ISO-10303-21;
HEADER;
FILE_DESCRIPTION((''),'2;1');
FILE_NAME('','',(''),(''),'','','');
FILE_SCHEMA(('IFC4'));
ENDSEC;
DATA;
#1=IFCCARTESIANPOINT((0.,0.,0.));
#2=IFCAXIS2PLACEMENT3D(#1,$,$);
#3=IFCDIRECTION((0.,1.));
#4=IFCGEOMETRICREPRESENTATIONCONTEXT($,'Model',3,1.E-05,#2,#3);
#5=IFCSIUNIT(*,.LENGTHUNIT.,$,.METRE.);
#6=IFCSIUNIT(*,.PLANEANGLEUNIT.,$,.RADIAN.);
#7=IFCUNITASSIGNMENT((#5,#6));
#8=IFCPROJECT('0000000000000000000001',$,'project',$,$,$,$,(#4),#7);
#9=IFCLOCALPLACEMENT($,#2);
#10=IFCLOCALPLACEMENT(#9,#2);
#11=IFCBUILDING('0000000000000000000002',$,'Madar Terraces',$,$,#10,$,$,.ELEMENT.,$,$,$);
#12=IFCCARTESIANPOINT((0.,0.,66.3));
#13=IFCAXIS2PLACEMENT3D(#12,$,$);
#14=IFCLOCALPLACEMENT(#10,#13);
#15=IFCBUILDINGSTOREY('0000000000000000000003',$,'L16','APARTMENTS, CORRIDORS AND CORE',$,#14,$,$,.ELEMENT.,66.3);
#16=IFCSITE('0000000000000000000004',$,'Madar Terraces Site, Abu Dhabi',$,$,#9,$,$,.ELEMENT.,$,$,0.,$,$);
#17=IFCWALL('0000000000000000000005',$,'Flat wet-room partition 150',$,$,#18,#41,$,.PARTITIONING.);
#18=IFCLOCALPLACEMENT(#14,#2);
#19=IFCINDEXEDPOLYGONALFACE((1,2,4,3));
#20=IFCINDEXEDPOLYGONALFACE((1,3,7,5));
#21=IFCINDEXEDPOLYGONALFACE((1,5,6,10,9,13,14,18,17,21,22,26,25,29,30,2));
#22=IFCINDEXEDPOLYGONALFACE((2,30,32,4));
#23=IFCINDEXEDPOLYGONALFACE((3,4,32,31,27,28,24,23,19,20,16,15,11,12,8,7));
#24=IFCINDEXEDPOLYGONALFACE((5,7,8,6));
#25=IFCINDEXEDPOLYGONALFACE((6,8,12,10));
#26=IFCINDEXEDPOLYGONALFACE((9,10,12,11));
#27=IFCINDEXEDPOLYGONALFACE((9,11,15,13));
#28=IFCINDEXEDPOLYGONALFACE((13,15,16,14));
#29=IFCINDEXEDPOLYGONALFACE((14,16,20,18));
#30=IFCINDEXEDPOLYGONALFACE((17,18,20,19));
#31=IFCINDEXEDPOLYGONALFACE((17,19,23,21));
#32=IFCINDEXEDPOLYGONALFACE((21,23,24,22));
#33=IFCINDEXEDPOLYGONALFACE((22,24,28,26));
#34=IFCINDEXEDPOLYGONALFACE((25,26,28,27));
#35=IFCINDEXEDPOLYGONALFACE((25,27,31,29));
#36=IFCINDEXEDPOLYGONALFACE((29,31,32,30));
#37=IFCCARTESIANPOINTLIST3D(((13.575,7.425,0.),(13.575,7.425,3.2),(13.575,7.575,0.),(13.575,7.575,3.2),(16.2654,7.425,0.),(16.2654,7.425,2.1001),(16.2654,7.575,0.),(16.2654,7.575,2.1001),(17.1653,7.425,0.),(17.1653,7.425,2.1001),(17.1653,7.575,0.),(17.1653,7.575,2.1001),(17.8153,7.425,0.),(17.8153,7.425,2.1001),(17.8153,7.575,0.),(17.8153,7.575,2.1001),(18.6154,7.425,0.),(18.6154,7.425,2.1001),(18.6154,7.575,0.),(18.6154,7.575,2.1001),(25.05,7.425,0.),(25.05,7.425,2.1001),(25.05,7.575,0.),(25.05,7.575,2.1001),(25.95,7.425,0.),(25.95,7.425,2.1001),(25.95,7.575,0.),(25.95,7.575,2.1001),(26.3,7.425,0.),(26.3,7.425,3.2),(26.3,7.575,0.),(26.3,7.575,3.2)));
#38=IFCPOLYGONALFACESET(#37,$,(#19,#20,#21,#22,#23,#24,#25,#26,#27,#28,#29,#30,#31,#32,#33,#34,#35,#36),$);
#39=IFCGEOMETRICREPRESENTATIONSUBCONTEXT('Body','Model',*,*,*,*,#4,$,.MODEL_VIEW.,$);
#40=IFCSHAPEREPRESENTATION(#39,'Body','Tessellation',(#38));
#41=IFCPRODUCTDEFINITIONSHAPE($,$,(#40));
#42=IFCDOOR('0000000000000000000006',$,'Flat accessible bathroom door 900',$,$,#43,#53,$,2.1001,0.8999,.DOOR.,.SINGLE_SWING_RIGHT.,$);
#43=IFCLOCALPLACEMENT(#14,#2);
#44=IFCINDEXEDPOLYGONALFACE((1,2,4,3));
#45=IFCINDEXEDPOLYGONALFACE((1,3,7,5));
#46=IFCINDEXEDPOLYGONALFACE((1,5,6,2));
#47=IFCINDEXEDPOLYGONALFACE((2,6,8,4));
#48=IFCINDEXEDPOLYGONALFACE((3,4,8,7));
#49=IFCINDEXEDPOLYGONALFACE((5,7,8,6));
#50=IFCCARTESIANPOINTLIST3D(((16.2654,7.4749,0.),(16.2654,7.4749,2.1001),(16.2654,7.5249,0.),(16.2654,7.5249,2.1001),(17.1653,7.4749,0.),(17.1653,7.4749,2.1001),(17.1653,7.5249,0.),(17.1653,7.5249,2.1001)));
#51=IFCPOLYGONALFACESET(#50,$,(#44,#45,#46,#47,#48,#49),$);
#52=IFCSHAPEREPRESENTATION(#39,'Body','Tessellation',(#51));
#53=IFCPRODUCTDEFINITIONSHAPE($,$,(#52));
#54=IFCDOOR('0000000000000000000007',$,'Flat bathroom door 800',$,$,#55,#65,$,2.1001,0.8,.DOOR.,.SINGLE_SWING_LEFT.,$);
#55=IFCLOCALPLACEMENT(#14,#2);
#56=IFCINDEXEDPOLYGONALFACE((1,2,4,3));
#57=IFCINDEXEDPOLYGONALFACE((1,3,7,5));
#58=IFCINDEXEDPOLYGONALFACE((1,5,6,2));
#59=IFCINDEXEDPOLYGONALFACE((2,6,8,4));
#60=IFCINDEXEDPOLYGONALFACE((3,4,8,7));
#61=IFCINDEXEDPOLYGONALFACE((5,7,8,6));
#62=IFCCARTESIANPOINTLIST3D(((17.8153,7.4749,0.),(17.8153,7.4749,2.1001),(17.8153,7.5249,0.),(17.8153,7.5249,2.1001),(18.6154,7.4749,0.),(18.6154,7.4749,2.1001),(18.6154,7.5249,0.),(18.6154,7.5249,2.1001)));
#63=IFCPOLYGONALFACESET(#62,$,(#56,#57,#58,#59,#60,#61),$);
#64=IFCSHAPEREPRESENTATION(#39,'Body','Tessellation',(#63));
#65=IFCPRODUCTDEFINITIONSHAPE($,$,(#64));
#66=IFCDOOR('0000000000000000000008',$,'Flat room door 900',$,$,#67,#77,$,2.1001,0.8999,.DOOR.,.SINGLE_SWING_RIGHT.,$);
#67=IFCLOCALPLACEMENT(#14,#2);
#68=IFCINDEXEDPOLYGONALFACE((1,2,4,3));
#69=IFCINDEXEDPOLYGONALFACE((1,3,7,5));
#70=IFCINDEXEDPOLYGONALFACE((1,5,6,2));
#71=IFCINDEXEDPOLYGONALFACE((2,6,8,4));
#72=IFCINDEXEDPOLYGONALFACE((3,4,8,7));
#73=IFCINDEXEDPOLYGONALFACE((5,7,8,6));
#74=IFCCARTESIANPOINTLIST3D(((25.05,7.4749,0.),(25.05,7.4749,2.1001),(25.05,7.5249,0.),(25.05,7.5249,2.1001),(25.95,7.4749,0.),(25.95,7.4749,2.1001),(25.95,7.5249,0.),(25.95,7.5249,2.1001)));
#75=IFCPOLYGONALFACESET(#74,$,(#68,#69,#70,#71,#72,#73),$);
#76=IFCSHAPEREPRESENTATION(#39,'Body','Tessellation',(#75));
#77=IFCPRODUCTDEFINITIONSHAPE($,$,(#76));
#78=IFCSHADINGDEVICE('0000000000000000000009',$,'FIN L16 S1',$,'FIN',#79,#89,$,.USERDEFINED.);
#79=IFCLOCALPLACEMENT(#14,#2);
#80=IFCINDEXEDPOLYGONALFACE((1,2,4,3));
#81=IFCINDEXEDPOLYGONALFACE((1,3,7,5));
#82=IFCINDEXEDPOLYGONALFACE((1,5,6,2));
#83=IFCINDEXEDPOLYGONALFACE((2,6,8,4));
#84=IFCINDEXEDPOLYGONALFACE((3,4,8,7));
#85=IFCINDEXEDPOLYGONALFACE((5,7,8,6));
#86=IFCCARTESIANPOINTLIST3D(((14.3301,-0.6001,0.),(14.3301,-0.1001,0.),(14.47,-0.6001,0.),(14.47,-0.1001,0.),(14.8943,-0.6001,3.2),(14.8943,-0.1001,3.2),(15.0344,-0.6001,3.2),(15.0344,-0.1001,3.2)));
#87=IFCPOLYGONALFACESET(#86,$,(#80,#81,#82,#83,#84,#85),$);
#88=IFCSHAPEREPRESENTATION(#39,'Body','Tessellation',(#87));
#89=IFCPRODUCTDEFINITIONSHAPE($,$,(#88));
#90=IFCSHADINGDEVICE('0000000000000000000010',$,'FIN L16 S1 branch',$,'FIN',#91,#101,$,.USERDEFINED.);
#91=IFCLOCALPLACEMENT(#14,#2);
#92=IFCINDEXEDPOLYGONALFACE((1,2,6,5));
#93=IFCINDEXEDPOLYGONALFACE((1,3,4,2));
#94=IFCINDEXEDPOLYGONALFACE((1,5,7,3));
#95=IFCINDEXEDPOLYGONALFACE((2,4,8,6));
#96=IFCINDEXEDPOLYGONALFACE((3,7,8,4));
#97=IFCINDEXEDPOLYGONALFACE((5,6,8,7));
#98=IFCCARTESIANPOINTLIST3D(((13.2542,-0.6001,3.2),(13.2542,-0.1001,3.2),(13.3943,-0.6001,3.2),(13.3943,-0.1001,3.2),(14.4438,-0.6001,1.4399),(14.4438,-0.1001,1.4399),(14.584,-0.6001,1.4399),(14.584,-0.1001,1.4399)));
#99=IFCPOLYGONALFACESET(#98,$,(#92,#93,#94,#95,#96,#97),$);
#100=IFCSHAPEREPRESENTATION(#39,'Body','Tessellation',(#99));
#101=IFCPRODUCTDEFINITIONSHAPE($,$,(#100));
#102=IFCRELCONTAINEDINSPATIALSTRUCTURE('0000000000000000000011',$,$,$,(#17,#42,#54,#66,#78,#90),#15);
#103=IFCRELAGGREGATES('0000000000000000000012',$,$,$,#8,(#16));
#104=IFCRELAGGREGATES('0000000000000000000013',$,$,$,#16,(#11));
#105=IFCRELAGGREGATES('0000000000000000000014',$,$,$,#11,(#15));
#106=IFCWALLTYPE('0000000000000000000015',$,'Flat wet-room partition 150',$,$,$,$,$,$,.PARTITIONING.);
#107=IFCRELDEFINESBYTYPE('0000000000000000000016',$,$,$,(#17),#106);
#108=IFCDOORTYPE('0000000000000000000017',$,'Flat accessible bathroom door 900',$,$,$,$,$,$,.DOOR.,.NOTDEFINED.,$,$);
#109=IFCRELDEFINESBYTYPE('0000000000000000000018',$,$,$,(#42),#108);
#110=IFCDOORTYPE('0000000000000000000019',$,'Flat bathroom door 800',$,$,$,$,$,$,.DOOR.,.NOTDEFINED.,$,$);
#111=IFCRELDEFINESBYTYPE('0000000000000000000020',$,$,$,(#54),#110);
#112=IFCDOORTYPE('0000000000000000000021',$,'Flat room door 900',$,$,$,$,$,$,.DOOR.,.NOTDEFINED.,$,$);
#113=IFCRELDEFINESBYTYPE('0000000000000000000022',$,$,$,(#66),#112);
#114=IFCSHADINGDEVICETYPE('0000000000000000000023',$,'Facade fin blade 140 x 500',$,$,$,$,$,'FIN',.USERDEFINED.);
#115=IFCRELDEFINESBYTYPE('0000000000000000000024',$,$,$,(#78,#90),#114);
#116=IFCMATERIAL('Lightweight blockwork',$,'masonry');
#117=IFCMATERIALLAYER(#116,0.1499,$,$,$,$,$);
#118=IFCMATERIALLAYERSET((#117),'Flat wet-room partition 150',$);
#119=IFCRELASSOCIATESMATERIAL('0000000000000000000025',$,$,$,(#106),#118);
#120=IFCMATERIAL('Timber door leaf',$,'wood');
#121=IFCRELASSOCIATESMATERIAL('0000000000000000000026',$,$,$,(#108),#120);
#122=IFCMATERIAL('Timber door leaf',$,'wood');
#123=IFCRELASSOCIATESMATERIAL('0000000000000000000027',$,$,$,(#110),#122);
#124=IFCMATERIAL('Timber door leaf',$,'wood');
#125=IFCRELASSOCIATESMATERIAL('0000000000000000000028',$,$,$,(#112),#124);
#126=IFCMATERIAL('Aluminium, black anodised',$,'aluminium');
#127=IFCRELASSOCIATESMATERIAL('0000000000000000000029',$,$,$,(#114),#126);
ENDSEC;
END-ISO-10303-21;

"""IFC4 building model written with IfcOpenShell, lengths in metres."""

from ifc_helpers import new_model, si_unit, direction, frame, frame_2d, origin, place, context, subcontext, project, spatial, polyline, rectangle, outline, extrude, material, layer, layer_set, type_object, element, fill, save


model = new_model("IFC4")

# Units and contexts
model_context = context("Model", 3, precision=1e-05, world=origin(), true_north=direction((0.0, 1.0)))
body_context = subcontext(model_context, "Body", "Model", "MODEL_VIEW")
ifc_project = project(units=[si_unit("LENGTHUNIT", "METRE"), si_unit("PLANEANGLEUNIT", "RADIAN")], contexts=[model_context])

# Site, building, storey
site_placement = place(None, origin())
site = spatial("IfcSite", under=ifc_project, at=site_placement, Name="Madar Terraces Site, Abu Dhabi", CompositionType="ELEMENT", RefElevation=0.0)
building_placement = place(site_placement, origin())
building = spatial("IfcBuilding", under=site, at=building_placement, Name="Madar Terraces", CompositionType="ELEMENT")
storey_placement = place(building_placement, frame((0.0, 0.0, 66.3)))
storey = spatial("IfcBuildingStorey", under=building, at=storey_placement, Name="L16", Description="APARTMENTS, CORRIDORS AND CORE", CompositionType="ELEMENT", Elevation=66.3)

# Shared definitions
ifc_material_1 = material(Name="Lightweight blockwork", Category="masonry")
ifc_layer_1 = layer(ifc_material_1, 0.1499)
ifc_layer_set_1 = layer_set([ifc_layer_1], Name="Flat wet-room partition 150")
wall_type_1 = type_object("IfcWallType", Name="Flat wet-room partition 150", PredefinedType="PARTITIONING", material=ifc_layer_set_1)

# Wall, openings, doors
wall_1_placement = place(storey_placement, frame((13.575, 7.5, 0.0), z_axis=(0.0, 0.0, 1.0), x_axis=(1.0, 0.0, 0.0)))
wall_1 = element("IfcWall", 1, at=wall_1_placement, inside=storey, type_object=wall_type_1, Name="Flat wet-room partition 150", PredefinedType="PARTITIONING", context=body_context, shape_type="SweptSolid", body=[
    extrude(rectangle(XDim=12.7251, YDim=0.1499, at=frame_2d((6.3625, 0.0))), origin(), (0.0, 0.0, 1.0), 3.2),
])
opening_1_placement = place(wall_1_placement, frame((2.6904, 0.0, 0.0)))
opening_1 = element("IfcOpeningElement", 2, at=opening_1_placement, cuts=wall_1, PredefinedType="OPENING", context=body_context, shape_type="SweptSolid", body=[
    extrude(rectangle(XDim=0.8999, YDim=2.1001, at=frame_2d((0.45, 1.05))), frame((0.0, 0.085, 0.0), z_axis=(0.0, -1.0, 0.0), x_axis=(1.0, 0.0, 0.0)), (0.0, 0.0, 1.0), 0.1699),
])
opening_2_placement = place(wall_1_placement, frame((4.2405, 0.0, 0.0)))
opening_2 = element("IfcOpeningElement", 3, at=opening_2_placement, cuts=wall_1, PredefinedType="OPENING", context=body_context, shape_type="SweptSolid", body=[
    extrude(rectangle(XDim=0.8, YDim=2.1001, at=frame_2d((0.3999, 1.05))), frame((0.0, 0.085, 0.0), z_axis=(0.0, -1.0, 0.0), x_axis=(1.0, 0.0, 0.0)), (0.0, 0.0, 1.0), 0.1699),
])
opening_3_placement = place(wall_1_placement, frame((11.4751, 0.0, 0.0)))
opening_3 = element("IfcOpeningElement", 4, at=opening_3_placement, cuts=wall_1, PredefinedType="OPENING", context=body_context, shape_type="SweptSolid", body=[
    extrude(rectangle(XDim=0.8999, YDim=2.1001, at=frame_2d((0.45, 1.05))), frame((0.0, 0.085, 0.0), z_axis=(0.0, -1.0, 0.0), x_axis=(1.0, 0.0, 0.0)), (0.0, 0.0, 1.0), 0.1699),
])
ifc_material_2 = material(Name="Timber door leaf", Category="wood")
door_type_1 = type_object("IfcDoorType", Name="Flat accessible bathroom door 900", OperationType="NOTDEFINED", PredefinedType="DOOR", material=ifc_material_2)
door_1_placement = place(opening_1_placement, origin())
door_1 = element("IfcDoor", 5, at=door_1_placement, inside=storey, type_object=door_type_1, Name="Flat accessible bathroom door 900", OperationType="SINGLE_SWING_RIGHT", OverallHeight=2.1001, OverallWidth=0.8999, PredefinedType="DOOR", context=body_context, shape_type="SweptSolid", body=[
    extrude(rectangle(XDim=0.8999, YDim=2.1001, at=frame_2d((0.45, 1.05))), frame((0.0, 0.0249, 0.0), z_axis=(0.0, -1.0, 0.0), x_axis=(1.0, 0.0, 0.0)), (0.0, 0.0, 1.0), 0.05),
])
fill(opening_1, door_1)
ifc_material_3 = material(Name="Timber door leaf", Category="wood")
door_type_2 = type_object("IfcDoorType", Name="Flat bathroom door 800", OperationType="NOTDEFINED", PredefinedType="DOOR", material=ifc_material_3)
door_2_placement = place(opening_2_placement, origin())
door_2 = element("IfcDoor", 6, at=door_2_placement, inside=storey, type_object=door_type_2, Name="Flat bathroom door 800", OperationType="SINGLE_SWING_LEFT", OverallHeight=2.1001, OverallWidth=0.8, PredefinedType="DOOR", context=body_context, shape_type="SweptSolid", body=[
    extrude(rectangle(XDim=0.8, YDim=2.1001, at=frame_2d((0.3999, 1.05))), frame((0.0, 0.0249, 0.0), z_axis=(0.0, -1.0, 0.0), x_axis=(1.0, 0.0, 0.0)), (0.0, 0.0, 1.0), 0.05),
])
fill(opening_2, door_2)
ifc_material_4 = material(Name="Timber door leaf", Category="wood")
door_type_3 = type_object("IfcDoorType", Name="Flat room door 900", OperationType="NOTDEFINED", PredefinedType="DOOR", material=ifc_material_4)
door_3_placement = place(opening_3_placement, origin())
door_3 = element("IfcDoor", 7, at=door_3_placement, inside=storey, type_object=door_type_3, Name="Flat room door 900", OperationType="SINGLE_SWING_RIGHT", OverallHeight=2.1001, OverallWidth=0.8999, PredefinedType="DOOR", context=body_context, shape_type="SweptSolid", body=[
    extrude(rectangle(XDim=0.8999, YDim=2.1001, at=frame_2d((0.45, 1.05))), frame((0.0, 0.0249, 0.0), z_axis=(0.0, -1.0, 0.0), x_axis=(1.0, 0.0, 0.0)), (0.0, 0.0, 1.0), 0.05),
])
fill(opening_3, door_3)

# Shading devices
ifc_material_5 = material(Name="Aluminium, black anodised", Category="aluminium")
shading_device_type = type_object("IfcShadingDeviceType", Name="Facade fin blade 140 x 500", ElementType="FIN", PredefinedType="USERDEFINED", material=ifc_material_5)
shading_device_1_placement = place(storey_placement, frame((14.3301, -0.3501, 0.0), z_axis=(0.0, 0.0, 1.0), x_axis=(1.0, 0.0, 0.0)))
element("IfcShadingDevice", 8, at=shading_device_1_placement, inside=storey, type_object=shading_device_type, Name="FIN L16 S1", ObjectType="FIN", PredefinedType="USERDEFINED", context=body_context, shape_type="SweptSolid", body=[
    extrude(outline(polyline([(0.0, 0.0), (0.1399, 0.0), (0.7043, 3.2), (0.5642, 3.2), (0.0, 0.0)])), frame((0.0, 0.25, 0.0), z_axis=(0.0, -1.0, 0.0), x_axis=(1.0, 0.0, 0.0)), (0.0, 0.0, 1.0), 0.5),
])
shading_device_2_placement = place(storey_placement, frame((14.4438, -0.3501, 1.4399), z_axis=(0.0, 0.0, 1.0), x_axis=(1.0, 0.0, 0.0)))
element("IfcShadingDevice", 9, at=shading_device_2_placement, inside=storey, type_object=shading_device_type, Name="FIN L16 S1 branch", ObjectType="FIN", PredefinedType="USERDEFINED", context=body_context, shape_type="SweptSolid", body=[
    extrude(outline(polyline([(0.0, 0.0), (0.1401, 0.0), (-1.0496, 1.76), (-1.1897, 1.76), (0.0, 0.0)])), frame((0.0, 0.25, 0.0), z_axis=(0.0, -1.0, 0.0), x_axis=(1.0, 0.0, 0.0)), (0.0, 0.0, 1.0), 0.5),
])

save(model, "model.ifc")
